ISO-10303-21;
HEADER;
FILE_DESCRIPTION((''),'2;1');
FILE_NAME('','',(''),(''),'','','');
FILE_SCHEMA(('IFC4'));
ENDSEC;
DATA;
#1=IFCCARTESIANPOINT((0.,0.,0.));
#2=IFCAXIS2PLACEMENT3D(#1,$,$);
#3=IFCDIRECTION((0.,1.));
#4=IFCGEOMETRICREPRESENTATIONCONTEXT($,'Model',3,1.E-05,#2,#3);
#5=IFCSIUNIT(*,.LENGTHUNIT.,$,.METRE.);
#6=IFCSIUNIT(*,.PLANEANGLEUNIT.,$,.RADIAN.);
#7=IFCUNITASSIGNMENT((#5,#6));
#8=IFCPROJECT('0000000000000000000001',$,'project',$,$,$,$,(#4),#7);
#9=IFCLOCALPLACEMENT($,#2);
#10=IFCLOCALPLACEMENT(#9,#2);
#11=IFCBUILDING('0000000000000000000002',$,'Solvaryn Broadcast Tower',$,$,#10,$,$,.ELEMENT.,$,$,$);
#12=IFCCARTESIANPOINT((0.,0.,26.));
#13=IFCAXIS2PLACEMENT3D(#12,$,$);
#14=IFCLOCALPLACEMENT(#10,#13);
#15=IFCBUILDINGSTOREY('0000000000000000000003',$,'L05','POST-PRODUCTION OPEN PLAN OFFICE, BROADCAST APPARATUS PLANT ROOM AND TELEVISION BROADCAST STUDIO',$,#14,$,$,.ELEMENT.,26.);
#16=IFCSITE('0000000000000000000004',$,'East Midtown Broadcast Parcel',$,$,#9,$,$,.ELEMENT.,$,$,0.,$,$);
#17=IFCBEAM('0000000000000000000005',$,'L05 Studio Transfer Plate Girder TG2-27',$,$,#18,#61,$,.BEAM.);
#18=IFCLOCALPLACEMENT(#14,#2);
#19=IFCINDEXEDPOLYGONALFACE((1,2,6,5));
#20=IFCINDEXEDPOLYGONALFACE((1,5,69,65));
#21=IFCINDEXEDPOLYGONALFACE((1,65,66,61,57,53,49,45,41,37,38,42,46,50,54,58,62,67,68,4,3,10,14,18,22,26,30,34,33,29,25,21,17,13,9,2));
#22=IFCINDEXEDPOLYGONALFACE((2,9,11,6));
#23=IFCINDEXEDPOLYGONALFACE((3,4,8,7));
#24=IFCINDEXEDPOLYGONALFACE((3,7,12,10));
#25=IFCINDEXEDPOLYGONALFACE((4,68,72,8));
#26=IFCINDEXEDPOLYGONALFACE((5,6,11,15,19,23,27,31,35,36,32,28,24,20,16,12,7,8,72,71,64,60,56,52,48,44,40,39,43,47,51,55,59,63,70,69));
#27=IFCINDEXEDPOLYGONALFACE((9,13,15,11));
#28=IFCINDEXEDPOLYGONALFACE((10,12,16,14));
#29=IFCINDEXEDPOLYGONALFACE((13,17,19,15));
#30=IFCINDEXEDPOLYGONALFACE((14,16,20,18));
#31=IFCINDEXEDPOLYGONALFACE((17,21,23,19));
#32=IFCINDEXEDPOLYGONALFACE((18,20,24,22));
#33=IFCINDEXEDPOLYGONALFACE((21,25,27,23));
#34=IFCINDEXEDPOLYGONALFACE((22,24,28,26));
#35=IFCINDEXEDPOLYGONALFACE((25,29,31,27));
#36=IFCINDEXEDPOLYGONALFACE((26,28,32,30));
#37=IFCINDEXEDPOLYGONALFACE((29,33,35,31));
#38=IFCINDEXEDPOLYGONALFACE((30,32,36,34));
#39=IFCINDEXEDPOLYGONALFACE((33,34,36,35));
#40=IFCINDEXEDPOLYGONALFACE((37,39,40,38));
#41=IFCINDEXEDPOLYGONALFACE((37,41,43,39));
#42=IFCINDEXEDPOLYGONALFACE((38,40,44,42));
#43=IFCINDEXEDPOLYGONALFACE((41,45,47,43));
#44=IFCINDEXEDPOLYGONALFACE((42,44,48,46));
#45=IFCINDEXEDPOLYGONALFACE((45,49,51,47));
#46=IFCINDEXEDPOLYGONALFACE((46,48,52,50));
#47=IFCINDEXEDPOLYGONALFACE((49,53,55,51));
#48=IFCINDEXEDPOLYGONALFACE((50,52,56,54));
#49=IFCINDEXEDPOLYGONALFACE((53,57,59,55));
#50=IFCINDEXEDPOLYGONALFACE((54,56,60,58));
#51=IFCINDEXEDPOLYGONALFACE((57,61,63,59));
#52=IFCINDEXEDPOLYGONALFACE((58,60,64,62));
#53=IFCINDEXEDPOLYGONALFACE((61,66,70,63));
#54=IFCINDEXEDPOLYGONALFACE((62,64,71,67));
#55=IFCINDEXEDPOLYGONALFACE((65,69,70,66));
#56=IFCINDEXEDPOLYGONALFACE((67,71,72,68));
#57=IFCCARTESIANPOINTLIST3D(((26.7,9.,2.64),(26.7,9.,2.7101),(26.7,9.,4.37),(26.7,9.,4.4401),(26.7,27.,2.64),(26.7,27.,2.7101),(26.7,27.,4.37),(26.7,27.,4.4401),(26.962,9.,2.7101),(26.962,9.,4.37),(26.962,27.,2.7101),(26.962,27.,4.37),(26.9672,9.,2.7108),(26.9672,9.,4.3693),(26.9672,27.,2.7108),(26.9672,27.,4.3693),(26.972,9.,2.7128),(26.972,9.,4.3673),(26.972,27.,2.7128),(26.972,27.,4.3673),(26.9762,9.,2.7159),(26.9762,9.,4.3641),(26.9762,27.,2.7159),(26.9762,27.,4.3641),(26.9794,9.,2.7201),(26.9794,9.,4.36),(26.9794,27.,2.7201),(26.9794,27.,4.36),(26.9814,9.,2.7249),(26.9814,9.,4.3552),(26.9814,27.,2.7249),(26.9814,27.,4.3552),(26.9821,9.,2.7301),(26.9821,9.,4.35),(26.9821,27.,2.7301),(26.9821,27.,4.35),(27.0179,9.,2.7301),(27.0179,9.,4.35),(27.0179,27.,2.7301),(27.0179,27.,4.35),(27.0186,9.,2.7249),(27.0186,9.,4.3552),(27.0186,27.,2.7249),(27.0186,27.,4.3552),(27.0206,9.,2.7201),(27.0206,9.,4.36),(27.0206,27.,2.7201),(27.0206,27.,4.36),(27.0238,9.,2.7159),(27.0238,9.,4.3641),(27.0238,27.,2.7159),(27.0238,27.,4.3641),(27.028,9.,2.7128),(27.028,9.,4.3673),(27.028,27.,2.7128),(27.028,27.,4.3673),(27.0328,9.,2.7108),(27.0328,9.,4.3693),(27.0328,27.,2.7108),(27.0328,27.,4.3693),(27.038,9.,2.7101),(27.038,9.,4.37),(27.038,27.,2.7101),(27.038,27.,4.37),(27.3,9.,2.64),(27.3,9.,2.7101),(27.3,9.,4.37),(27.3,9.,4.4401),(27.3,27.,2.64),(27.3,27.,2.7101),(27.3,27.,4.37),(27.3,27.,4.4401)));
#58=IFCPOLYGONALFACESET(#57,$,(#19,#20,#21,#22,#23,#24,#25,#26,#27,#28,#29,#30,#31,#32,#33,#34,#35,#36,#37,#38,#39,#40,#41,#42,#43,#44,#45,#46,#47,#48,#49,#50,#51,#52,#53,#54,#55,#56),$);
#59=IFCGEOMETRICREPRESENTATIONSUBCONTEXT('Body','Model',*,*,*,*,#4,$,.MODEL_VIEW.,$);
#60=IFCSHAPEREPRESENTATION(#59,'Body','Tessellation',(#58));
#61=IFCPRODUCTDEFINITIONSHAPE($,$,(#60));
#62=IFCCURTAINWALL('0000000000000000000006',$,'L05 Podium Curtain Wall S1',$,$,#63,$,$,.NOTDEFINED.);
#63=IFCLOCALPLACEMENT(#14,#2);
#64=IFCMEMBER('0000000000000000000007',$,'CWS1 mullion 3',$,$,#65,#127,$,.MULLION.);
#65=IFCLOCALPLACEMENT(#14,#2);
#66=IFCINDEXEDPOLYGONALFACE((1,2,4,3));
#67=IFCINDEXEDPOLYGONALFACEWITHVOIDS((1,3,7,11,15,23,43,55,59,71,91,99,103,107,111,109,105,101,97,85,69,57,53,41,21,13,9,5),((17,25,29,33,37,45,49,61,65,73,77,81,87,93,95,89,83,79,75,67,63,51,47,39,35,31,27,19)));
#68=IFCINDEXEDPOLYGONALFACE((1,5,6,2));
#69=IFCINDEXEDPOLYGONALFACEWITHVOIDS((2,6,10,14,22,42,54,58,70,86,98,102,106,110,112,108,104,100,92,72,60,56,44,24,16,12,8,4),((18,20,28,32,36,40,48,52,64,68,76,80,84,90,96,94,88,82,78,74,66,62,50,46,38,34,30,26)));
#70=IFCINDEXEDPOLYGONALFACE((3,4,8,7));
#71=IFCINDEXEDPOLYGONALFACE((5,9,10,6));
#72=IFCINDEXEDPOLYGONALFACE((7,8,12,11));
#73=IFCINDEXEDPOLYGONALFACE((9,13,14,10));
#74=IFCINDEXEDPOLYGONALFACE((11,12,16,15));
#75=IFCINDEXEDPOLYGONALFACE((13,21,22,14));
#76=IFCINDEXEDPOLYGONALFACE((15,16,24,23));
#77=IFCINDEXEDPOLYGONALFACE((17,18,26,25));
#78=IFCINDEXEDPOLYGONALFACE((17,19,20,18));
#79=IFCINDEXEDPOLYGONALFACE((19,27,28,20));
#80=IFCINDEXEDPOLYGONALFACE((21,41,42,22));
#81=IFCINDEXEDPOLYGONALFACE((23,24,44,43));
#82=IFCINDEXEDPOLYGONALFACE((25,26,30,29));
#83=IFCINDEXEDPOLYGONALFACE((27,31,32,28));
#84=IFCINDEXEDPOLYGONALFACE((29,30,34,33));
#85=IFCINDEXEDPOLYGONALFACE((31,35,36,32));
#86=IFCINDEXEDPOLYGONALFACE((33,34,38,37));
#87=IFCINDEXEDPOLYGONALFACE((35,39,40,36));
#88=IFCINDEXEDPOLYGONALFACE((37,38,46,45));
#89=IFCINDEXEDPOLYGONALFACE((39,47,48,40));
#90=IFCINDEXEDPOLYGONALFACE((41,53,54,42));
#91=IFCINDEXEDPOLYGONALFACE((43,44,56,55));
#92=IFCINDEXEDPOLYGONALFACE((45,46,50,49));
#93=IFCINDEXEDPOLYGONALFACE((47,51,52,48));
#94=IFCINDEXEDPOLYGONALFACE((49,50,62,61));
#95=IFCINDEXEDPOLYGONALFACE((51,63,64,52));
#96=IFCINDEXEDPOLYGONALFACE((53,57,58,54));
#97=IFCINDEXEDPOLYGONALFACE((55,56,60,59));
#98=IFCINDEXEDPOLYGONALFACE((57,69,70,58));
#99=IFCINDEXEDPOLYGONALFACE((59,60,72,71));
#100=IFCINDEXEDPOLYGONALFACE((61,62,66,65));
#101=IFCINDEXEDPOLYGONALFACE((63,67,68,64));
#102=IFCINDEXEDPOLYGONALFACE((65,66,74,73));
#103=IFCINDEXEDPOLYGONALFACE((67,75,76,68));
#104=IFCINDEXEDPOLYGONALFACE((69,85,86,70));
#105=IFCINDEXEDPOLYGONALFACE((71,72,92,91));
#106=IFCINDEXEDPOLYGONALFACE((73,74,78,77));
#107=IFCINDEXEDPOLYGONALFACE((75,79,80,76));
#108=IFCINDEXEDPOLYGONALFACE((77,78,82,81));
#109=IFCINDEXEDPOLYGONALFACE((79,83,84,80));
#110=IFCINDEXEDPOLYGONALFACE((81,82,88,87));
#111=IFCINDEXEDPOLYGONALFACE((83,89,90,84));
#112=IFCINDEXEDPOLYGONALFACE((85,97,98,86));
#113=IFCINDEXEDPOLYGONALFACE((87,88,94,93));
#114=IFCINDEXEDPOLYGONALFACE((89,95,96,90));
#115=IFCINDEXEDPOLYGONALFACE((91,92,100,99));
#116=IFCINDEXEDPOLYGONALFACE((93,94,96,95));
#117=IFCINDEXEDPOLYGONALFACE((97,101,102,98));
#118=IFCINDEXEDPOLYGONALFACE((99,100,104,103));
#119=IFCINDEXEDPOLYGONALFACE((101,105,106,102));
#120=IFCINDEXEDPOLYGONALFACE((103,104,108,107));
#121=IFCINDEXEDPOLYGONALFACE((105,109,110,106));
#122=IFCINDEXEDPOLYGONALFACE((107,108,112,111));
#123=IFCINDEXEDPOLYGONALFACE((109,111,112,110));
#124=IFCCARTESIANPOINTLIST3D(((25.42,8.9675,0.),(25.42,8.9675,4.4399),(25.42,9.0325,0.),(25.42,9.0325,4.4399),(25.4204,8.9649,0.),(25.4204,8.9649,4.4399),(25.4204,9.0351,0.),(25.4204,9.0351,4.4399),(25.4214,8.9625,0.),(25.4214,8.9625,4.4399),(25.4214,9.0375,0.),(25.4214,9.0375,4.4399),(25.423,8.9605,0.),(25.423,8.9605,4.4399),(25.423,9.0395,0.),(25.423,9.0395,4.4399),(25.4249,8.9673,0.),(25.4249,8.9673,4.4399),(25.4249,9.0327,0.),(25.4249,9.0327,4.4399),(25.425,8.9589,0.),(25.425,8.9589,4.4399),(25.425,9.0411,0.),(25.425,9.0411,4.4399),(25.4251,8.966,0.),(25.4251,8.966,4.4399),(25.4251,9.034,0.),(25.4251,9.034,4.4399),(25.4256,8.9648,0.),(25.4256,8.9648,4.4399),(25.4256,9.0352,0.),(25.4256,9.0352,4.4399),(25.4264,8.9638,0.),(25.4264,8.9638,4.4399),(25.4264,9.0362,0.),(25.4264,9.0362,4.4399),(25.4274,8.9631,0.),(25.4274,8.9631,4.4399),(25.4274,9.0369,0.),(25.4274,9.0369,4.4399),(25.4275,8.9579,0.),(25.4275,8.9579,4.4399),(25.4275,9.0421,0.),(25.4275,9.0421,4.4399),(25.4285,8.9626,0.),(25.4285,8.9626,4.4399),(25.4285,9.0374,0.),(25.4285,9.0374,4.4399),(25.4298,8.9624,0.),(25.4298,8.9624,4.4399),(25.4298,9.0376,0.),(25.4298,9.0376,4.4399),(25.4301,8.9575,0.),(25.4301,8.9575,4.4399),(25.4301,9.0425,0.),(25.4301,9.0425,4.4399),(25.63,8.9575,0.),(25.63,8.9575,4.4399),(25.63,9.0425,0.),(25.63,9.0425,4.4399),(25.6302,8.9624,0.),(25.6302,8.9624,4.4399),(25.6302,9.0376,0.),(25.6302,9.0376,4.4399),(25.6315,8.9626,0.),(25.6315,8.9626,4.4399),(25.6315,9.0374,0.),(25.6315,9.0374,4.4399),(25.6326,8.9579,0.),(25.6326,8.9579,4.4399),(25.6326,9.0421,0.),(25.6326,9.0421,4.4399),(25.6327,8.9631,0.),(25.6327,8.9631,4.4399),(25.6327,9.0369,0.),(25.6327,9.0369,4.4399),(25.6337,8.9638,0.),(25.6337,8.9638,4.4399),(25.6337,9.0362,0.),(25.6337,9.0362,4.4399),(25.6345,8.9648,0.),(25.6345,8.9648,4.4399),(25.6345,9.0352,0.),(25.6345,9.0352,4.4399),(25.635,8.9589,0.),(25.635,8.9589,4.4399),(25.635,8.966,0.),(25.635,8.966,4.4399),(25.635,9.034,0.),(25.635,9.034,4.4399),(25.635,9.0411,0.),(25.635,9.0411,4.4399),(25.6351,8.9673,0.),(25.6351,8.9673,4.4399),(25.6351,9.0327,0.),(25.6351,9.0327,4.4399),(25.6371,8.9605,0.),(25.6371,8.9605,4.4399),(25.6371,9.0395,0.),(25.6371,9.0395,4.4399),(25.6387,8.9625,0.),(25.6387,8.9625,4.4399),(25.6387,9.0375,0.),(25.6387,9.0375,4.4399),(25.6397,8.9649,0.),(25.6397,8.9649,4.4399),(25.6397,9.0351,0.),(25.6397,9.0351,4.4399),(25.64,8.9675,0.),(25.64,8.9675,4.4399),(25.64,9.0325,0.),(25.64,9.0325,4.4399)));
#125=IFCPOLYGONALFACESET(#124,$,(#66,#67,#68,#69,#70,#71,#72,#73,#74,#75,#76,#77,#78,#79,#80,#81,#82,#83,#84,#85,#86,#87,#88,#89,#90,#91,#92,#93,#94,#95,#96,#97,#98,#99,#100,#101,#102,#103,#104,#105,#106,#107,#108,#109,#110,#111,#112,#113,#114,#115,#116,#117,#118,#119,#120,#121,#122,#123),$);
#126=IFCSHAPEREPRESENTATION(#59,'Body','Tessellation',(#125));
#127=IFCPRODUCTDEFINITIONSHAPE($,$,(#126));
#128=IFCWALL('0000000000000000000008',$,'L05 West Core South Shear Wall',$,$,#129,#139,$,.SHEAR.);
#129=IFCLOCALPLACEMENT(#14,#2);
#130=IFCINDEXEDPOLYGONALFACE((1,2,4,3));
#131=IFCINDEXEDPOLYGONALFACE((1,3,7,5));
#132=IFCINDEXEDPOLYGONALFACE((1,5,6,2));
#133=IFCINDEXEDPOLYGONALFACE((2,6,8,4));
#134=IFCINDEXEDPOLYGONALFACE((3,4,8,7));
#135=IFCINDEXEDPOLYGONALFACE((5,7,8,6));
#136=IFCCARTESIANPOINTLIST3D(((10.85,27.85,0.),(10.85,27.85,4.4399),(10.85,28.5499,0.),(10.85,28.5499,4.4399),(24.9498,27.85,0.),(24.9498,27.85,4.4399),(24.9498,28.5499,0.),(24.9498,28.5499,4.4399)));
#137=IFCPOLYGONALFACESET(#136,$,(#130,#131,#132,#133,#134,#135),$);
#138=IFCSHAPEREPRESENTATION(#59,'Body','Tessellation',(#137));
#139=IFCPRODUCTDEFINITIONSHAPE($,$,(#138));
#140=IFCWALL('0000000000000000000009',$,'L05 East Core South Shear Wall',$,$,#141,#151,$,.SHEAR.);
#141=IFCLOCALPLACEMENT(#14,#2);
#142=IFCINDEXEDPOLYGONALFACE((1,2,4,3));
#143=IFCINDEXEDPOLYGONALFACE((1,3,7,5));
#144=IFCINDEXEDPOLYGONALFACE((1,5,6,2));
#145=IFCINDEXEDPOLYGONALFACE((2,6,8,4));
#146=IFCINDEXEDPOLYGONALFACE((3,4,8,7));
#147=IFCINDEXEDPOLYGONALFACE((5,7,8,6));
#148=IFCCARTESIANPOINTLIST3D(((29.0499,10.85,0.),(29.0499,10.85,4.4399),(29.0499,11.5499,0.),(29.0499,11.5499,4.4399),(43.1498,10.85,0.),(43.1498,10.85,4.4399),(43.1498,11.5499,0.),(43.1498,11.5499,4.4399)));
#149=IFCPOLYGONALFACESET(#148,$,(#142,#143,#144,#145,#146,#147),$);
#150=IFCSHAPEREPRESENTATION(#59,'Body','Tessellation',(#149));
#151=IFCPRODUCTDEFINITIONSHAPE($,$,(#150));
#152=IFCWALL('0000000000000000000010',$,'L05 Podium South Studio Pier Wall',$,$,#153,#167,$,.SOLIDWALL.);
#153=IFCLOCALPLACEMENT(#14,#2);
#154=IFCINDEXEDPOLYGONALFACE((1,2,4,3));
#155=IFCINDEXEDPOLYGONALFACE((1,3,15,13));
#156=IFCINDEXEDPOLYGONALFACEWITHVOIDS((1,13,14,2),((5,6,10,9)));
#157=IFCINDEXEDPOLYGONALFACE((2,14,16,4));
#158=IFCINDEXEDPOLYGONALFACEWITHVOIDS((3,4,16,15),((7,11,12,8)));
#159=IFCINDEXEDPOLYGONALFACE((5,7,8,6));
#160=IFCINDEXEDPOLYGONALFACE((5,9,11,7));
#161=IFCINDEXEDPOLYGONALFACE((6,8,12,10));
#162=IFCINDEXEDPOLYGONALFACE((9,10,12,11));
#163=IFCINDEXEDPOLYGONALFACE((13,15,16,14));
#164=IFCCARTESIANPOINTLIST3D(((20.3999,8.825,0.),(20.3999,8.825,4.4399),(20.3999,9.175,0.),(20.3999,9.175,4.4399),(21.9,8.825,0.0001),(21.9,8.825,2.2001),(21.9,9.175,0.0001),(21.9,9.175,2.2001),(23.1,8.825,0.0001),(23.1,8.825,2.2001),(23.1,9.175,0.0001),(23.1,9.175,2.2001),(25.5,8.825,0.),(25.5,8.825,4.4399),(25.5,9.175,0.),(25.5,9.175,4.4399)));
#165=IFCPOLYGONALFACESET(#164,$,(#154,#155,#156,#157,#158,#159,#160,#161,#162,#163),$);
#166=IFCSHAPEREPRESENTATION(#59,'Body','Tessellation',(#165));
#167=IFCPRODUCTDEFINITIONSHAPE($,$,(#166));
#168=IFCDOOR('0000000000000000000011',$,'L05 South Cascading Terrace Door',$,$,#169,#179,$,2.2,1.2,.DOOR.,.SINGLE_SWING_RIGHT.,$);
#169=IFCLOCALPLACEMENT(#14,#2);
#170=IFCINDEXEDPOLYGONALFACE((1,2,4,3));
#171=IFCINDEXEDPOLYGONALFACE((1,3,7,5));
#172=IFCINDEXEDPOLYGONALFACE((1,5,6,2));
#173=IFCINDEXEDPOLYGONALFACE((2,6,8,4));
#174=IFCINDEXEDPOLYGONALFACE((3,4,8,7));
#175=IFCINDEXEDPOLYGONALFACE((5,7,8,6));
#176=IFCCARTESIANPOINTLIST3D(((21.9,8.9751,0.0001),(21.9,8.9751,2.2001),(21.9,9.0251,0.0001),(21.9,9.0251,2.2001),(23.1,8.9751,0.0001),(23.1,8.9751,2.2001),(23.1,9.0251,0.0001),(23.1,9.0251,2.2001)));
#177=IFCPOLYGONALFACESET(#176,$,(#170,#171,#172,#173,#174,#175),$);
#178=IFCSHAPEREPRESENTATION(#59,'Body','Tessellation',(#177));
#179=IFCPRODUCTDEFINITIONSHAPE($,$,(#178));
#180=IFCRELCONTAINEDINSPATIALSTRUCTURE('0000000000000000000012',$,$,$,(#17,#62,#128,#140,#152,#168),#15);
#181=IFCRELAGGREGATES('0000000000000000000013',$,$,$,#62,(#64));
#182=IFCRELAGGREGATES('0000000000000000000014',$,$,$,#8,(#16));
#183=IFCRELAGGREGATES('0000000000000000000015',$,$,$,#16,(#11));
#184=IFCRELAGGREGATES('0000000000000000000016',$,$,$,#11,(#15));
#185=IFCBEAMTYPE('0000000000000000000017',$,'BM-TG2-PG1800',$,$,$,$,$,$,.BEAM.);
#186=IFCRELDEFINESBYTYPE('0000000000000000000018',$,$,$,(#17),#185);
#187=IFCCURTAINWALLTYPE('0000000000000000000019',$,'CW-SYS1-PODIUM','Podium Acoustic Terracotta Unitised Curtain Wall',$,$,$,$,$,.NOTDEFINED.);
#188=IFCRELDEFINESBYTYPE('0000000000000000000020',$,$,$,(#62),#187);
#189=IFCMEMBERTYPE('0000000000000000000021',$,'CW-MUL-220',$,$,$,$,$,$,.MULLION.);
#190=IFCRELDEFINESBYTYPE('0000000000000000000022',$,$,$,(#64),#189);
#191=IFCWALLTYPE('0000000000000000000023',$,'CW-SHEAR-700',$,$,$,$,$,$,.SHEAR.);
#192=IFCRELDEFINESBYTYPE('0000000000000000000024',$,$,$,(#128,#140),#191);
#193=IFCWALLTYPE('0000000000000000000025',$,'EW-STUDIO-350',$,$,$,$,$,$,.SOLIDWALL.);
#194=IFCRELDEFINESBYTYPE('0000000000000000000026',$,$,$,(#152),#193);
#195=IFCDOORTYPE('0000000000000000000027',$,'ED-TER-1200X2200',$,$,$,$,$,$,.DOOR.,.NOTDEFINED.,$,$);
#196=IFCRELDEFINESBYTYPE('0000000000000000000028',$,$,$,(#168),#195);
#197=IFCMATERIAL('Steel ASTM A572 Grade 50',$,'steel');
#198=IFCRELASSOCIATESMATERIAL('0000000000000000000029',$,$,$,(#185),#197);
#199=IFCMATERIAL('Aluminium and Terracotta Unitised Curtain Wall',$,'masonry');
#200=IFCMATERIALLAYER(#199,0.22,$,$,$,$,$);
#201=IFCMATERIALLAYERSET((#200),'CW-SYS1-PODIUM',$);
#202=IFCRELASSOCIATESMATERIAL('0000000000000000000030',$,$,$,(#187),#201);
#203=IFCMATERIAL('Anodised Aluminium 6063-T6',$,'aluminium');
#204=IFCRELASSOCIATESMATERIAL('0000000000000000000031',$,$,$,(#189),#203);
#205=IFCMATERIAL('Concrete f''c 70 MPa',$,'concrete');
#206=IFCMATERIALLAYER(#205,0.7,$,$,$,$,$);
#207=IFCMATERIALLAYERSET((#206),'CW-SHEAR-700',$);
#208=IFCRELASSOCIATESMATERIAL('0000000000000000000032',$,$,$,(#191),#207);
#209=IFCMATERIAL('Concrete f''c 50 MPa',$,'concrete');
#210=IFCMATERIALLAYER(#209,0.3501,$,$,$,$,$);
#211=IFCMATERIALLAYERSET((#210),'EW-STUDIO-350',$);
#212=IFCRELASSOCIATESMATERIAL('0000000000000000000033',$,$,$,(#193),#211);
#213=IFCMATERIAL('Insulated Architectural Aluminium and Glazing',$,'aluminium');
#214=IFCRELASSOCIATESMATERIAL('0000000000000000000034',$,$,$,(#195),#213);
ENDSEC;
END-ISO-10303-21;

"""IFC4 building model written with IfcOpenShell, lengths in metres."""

from ifc_helpers import new_model, si_unit, direction, frame, frame_2d, origin, origin_2d, place, context, subcontext, project, spatial, rectangle, hollow_rectangle, i_section, extrude, material, layer, layer_set, material_profile, profile_set, type_object, element, fill, aggregate, save


model = new_model("IFC4")

# Units and contexts
model_context = context("Model", 3, precision=1e-05, world=origin(), true_north=direction((0.0, 1.0)))
body_context = subcontext(model_context, "Body", "Model", "MODEL_VIEW")
ifc_project = project(units=[si_unit("LENGTHUNIT", "METRE"), si_unit("PLANEANGLEUNIT", "RADIAN")], contexts=[model_context])

# Site, building, storey
site_placement = place(None, origin())
site = spatial("IfcSite", under=ifc_project, at=site_placement, Name="East Midtown Broadcast Parcel", CompositionType="ELEMENT", RefElevation=0.0)
building_placement = place(site_placement, origin())
building = spatial("IfcBuilding", under=site, at=building_placement, Name="Solvaryn Broadcast Tower", CompositionType="ELEMENT")
storey_placement = place(building_placement, frame((0.0, 0.0, 26.0)))
storey = spatial("IfcBuildingStorey", under=building, at=storey_placement, Name="L05", Description="POST-PRODUCTION OPEN PLAN OFFICE, BROADCAST APPARATUS PLANT ROOM AND TELEVISION BROADCAST STUDIO", CompositionType="ELEMENT", Elevation=26.0)

# Beam
ifc_material_1 = material(Name="Steel ASTM A572 Grade 50", Category="steel")
ifc_material_profile_1 = material_profile(ifc_material_1, i_section(OverallWidth=0.6001, OverallDepth=1.8, WebThickness=0.0359, FlangeThickness=0.0701, FilletRadius=0.02, at=origin_2d()))
ifc_profile_set_1 = profile_set([ifc_material_profile_1], Name="Steel ASTM A572 Grade 50")
beam_type_1 = type_object("IfcBeamType", Name="BM-TG2-PG1800", PredefinedType="BEAM", material=ifc_profile_set_1)
beam_1_placement = place(storey_placement, frame((27.0, 9.0, 3.54), z_axis=(0.0, 1.0, 0.0), x_axis=(-1.0, 0.0, 0.0)))
element("IfcBeam", 1, at=beam_1_placement, inside=storey, type_object=beam_type_1, Name="L05 Studio Transfer Plate Girder TG2-27", PredefinedType="BEAM", context=body_context, shape_type="SweptSolid", body=[
    extrude(i_section(OverallWidth=0.6001, OverallDepth=1.8, WebThickness=0.0359, FlangeThickness=0.0701, FilletRadius=0.02, at=origin_2d()), origin(), (0.0, 0.0, 1.0), 18.0),
])

# Curtain wall, member
ifc_material_2 = material(Name="Aluminium and Terracotta Unitised Curtain Wall", Category="masonry")
ifc_layer_1 = layer(ifc_material_2, 0.22)
ifc_layer_set_1 = layer_set([ifc_layer_1], Name="CW-SYS1-PODIUM")
curtain_wall_type = type_object("IfcCurtainWallType", Name="CW-SYS1-PODIUM", Description="Podium Acoustic Terracotta Unitised Curtain Wall", PredefinedType="NOTDEFINED", material=ifc_layer_set_1)
curtain_wall_placement = place(storey_placement, origin())
curtain_wall = element("IfcCurtainWall", 2, at=curtain_wall_placement, inside=storey, type_object=curtain_wall_type, Name="L05 Podium Curtain Wall S1", PredefinedType="NOTDEFINED")
ifc_material_3 = material(Name="Anodised Aluminium 6063-T6", Category="aluminium")
ifc_material_profile_2 = material_profile(ifc_material_3, hollow_rectangle(XDim=0.085, YDim=0.22, WallThickness=0.0049, InnerFilletRadius=0.0049, OuterFilletRadius=0.01, at=origin_2d()))
ifc_profile_set_2 = profile_set([ifc_material_profile_2], Name="Anodised Aluminium 6063-T6")
member_type = type_object("IfcMemberType", Name="CW-MUL-220", PredefinedType="MULLION", material=ifc_profile_set_2)
member_placement = place(storey_placement, frame((25.53, 9.0, 0.0), z_axis=(0.0, 0.0, 1.0), x_axis=(0.0, -1.0, 0.0)))
member = element("IfcMember", 3, at=member_placement, type_object=member_type, Name="CWS1 mullion 3", PredefinedType="MULLION", context=body_context, shape_type="SweptSolid", body=[
    extrude(hollow_rectangle(XDim=0.085, YDim=0.22, WallThickness=0.0049, InnerFilletRadius=0.0049, OuterFilletRadius=0.01, at=origin_2d()), origin(), (0.0, 0.0, 1.0), 4.4399),
])
aggregate(curtain_wall, [member])

# Walls
ifc_material_4 = material(Name="Concrete f'c 70 MPa", Category="concrete")
ifc_layer_2 = layer(ifc_material_4, 0.7)
ifc_layer_set_2 = layer_set([ifc_layer_2], Name="CW-SHEAR-700")
wall_type_1 = type_object("IfcWallType", Name="CW-SHEAR-700", PredefinedType="SHEAR", material=ifc_layer_set_2)
for number, where, z_axis, x_axis, name in (
    (4, (10.8501, 28.2, 0.0), (0.0, 0.0, 1.0), (1.0, 0.0, 0.0), "L05 West Core South Shear Wall"),
    (5, (29.05, 11.2, 0.0), (0.0, 0.0, 1.0), (1.0, 0.0, 0.0), "L05 East Core South Shear Wall"),
):
    element("IfcWall", number, at=place(storey_placement, frame(where, z_axis=z_axis, x_axis=x_axis)), inside=storey, type_object=wall_type_1, Name=name, PredefinedType="SHEAR", context=body_context, shape_type="SweptSolid", body=[
        extrude(rectangle(XDim=14.0999, YDim=0.7, at=frame_2d((7.0498, 0.0))), origin(), (0.0, 0.0, 1.0), 4.4399),
    ])

# Wall, opening, door
ifc_material_5 = material(Name="Concrete f'c 50 MPa", Category="concrete")
ifc_layer_3 = layer(ifc_material_5, 0.3501)
ifc_layer_set_3 = layer_set([ifc_layer_3], Name="EW-STUDIO-350")
wall_type_2 = type_object("IfcWallType", Name="EW-STUDIO-350", PredefinedType="SOLIDWALL", material=ifc_layer_set_3)
wall_1_placement = place(storey_placement, frame((25.5, 9.0, 0.0), z_axis=(0.0, 0.0, 1.0), x_axis=(-1.0, 0.0, 0.0)))
wall_1 = element("IfcWall", 6, at=wall_1_placement, inside=storey, type_object=wall_type_2, Name="L05 Podium South Studio Pier Wall", PredefinedType="SOLIDWALL", context=body_context, shape_type="SweptSolid", body=[
    extrude(rectangle(XDim=5.1001, YDim=0.3501, at=frame_2d((2.55, 0.0))), origin(), (0.0, 0.0, 1.0), 4.4399),
])
opening_1_placement = place(wall_1_placement, frame((2.3999, 0.0, 0.0)))
opening_1 = element("IfcOpeningElement", 7, at=opening_1_placement, cuts=wall_1, PredefinedType="OPENING", context=body_context, shape_type="SweptSolid", body=[
    extrude(rectangle(XDim=1.2, YDim=2.2, at=frame_2d((0.6001, 1.1001))), frame((0.0, 0.1851, 0.0), z_axis=(0.0, -1.0, 0.0), x_axis=(1.0, 0.0, 0.0)), (0.0, 0.0, 1.0), 0.3701),
])
ifc_material_6 = material(Name="Insulated Architectural Aluminium and Glazing", Category="aluminium")
door_type_1 = type_object("IfcDoorType", Name="ED-TER-1200X2200", OperationType="NOTDEFINED", PredefinedType="DOOR", material=ifc_material_6)
door_1_placement = place(opening_1_placement, origin())
door_1 = element("IfcDoor", 8, at=door_1_placement, inside=storey, type_object=door_type_1, Name="L05 South Cascading Terrace Door", OperationType="SINGLE_SWING_RIGHT", OverallHeight=2.2, OverallWidth=1.2, PredefinedType="DOOR", context=body_context, shape_type="SweptSolid", body=[
    extrude(rectangle(XDim=1.2, YDim=2.2, at=frame_2d((0.6001, 1.1001))), frame((0.0, 0.0249, 0.0), z_axis=(0.0, -1.0, 0.0), x_axis=(1.0, 0.0, 0.0)), (0.0, 0.0, 1.0), 0.05),
])
fill(opening_1, door_1)

save(model, "model.ifc")
